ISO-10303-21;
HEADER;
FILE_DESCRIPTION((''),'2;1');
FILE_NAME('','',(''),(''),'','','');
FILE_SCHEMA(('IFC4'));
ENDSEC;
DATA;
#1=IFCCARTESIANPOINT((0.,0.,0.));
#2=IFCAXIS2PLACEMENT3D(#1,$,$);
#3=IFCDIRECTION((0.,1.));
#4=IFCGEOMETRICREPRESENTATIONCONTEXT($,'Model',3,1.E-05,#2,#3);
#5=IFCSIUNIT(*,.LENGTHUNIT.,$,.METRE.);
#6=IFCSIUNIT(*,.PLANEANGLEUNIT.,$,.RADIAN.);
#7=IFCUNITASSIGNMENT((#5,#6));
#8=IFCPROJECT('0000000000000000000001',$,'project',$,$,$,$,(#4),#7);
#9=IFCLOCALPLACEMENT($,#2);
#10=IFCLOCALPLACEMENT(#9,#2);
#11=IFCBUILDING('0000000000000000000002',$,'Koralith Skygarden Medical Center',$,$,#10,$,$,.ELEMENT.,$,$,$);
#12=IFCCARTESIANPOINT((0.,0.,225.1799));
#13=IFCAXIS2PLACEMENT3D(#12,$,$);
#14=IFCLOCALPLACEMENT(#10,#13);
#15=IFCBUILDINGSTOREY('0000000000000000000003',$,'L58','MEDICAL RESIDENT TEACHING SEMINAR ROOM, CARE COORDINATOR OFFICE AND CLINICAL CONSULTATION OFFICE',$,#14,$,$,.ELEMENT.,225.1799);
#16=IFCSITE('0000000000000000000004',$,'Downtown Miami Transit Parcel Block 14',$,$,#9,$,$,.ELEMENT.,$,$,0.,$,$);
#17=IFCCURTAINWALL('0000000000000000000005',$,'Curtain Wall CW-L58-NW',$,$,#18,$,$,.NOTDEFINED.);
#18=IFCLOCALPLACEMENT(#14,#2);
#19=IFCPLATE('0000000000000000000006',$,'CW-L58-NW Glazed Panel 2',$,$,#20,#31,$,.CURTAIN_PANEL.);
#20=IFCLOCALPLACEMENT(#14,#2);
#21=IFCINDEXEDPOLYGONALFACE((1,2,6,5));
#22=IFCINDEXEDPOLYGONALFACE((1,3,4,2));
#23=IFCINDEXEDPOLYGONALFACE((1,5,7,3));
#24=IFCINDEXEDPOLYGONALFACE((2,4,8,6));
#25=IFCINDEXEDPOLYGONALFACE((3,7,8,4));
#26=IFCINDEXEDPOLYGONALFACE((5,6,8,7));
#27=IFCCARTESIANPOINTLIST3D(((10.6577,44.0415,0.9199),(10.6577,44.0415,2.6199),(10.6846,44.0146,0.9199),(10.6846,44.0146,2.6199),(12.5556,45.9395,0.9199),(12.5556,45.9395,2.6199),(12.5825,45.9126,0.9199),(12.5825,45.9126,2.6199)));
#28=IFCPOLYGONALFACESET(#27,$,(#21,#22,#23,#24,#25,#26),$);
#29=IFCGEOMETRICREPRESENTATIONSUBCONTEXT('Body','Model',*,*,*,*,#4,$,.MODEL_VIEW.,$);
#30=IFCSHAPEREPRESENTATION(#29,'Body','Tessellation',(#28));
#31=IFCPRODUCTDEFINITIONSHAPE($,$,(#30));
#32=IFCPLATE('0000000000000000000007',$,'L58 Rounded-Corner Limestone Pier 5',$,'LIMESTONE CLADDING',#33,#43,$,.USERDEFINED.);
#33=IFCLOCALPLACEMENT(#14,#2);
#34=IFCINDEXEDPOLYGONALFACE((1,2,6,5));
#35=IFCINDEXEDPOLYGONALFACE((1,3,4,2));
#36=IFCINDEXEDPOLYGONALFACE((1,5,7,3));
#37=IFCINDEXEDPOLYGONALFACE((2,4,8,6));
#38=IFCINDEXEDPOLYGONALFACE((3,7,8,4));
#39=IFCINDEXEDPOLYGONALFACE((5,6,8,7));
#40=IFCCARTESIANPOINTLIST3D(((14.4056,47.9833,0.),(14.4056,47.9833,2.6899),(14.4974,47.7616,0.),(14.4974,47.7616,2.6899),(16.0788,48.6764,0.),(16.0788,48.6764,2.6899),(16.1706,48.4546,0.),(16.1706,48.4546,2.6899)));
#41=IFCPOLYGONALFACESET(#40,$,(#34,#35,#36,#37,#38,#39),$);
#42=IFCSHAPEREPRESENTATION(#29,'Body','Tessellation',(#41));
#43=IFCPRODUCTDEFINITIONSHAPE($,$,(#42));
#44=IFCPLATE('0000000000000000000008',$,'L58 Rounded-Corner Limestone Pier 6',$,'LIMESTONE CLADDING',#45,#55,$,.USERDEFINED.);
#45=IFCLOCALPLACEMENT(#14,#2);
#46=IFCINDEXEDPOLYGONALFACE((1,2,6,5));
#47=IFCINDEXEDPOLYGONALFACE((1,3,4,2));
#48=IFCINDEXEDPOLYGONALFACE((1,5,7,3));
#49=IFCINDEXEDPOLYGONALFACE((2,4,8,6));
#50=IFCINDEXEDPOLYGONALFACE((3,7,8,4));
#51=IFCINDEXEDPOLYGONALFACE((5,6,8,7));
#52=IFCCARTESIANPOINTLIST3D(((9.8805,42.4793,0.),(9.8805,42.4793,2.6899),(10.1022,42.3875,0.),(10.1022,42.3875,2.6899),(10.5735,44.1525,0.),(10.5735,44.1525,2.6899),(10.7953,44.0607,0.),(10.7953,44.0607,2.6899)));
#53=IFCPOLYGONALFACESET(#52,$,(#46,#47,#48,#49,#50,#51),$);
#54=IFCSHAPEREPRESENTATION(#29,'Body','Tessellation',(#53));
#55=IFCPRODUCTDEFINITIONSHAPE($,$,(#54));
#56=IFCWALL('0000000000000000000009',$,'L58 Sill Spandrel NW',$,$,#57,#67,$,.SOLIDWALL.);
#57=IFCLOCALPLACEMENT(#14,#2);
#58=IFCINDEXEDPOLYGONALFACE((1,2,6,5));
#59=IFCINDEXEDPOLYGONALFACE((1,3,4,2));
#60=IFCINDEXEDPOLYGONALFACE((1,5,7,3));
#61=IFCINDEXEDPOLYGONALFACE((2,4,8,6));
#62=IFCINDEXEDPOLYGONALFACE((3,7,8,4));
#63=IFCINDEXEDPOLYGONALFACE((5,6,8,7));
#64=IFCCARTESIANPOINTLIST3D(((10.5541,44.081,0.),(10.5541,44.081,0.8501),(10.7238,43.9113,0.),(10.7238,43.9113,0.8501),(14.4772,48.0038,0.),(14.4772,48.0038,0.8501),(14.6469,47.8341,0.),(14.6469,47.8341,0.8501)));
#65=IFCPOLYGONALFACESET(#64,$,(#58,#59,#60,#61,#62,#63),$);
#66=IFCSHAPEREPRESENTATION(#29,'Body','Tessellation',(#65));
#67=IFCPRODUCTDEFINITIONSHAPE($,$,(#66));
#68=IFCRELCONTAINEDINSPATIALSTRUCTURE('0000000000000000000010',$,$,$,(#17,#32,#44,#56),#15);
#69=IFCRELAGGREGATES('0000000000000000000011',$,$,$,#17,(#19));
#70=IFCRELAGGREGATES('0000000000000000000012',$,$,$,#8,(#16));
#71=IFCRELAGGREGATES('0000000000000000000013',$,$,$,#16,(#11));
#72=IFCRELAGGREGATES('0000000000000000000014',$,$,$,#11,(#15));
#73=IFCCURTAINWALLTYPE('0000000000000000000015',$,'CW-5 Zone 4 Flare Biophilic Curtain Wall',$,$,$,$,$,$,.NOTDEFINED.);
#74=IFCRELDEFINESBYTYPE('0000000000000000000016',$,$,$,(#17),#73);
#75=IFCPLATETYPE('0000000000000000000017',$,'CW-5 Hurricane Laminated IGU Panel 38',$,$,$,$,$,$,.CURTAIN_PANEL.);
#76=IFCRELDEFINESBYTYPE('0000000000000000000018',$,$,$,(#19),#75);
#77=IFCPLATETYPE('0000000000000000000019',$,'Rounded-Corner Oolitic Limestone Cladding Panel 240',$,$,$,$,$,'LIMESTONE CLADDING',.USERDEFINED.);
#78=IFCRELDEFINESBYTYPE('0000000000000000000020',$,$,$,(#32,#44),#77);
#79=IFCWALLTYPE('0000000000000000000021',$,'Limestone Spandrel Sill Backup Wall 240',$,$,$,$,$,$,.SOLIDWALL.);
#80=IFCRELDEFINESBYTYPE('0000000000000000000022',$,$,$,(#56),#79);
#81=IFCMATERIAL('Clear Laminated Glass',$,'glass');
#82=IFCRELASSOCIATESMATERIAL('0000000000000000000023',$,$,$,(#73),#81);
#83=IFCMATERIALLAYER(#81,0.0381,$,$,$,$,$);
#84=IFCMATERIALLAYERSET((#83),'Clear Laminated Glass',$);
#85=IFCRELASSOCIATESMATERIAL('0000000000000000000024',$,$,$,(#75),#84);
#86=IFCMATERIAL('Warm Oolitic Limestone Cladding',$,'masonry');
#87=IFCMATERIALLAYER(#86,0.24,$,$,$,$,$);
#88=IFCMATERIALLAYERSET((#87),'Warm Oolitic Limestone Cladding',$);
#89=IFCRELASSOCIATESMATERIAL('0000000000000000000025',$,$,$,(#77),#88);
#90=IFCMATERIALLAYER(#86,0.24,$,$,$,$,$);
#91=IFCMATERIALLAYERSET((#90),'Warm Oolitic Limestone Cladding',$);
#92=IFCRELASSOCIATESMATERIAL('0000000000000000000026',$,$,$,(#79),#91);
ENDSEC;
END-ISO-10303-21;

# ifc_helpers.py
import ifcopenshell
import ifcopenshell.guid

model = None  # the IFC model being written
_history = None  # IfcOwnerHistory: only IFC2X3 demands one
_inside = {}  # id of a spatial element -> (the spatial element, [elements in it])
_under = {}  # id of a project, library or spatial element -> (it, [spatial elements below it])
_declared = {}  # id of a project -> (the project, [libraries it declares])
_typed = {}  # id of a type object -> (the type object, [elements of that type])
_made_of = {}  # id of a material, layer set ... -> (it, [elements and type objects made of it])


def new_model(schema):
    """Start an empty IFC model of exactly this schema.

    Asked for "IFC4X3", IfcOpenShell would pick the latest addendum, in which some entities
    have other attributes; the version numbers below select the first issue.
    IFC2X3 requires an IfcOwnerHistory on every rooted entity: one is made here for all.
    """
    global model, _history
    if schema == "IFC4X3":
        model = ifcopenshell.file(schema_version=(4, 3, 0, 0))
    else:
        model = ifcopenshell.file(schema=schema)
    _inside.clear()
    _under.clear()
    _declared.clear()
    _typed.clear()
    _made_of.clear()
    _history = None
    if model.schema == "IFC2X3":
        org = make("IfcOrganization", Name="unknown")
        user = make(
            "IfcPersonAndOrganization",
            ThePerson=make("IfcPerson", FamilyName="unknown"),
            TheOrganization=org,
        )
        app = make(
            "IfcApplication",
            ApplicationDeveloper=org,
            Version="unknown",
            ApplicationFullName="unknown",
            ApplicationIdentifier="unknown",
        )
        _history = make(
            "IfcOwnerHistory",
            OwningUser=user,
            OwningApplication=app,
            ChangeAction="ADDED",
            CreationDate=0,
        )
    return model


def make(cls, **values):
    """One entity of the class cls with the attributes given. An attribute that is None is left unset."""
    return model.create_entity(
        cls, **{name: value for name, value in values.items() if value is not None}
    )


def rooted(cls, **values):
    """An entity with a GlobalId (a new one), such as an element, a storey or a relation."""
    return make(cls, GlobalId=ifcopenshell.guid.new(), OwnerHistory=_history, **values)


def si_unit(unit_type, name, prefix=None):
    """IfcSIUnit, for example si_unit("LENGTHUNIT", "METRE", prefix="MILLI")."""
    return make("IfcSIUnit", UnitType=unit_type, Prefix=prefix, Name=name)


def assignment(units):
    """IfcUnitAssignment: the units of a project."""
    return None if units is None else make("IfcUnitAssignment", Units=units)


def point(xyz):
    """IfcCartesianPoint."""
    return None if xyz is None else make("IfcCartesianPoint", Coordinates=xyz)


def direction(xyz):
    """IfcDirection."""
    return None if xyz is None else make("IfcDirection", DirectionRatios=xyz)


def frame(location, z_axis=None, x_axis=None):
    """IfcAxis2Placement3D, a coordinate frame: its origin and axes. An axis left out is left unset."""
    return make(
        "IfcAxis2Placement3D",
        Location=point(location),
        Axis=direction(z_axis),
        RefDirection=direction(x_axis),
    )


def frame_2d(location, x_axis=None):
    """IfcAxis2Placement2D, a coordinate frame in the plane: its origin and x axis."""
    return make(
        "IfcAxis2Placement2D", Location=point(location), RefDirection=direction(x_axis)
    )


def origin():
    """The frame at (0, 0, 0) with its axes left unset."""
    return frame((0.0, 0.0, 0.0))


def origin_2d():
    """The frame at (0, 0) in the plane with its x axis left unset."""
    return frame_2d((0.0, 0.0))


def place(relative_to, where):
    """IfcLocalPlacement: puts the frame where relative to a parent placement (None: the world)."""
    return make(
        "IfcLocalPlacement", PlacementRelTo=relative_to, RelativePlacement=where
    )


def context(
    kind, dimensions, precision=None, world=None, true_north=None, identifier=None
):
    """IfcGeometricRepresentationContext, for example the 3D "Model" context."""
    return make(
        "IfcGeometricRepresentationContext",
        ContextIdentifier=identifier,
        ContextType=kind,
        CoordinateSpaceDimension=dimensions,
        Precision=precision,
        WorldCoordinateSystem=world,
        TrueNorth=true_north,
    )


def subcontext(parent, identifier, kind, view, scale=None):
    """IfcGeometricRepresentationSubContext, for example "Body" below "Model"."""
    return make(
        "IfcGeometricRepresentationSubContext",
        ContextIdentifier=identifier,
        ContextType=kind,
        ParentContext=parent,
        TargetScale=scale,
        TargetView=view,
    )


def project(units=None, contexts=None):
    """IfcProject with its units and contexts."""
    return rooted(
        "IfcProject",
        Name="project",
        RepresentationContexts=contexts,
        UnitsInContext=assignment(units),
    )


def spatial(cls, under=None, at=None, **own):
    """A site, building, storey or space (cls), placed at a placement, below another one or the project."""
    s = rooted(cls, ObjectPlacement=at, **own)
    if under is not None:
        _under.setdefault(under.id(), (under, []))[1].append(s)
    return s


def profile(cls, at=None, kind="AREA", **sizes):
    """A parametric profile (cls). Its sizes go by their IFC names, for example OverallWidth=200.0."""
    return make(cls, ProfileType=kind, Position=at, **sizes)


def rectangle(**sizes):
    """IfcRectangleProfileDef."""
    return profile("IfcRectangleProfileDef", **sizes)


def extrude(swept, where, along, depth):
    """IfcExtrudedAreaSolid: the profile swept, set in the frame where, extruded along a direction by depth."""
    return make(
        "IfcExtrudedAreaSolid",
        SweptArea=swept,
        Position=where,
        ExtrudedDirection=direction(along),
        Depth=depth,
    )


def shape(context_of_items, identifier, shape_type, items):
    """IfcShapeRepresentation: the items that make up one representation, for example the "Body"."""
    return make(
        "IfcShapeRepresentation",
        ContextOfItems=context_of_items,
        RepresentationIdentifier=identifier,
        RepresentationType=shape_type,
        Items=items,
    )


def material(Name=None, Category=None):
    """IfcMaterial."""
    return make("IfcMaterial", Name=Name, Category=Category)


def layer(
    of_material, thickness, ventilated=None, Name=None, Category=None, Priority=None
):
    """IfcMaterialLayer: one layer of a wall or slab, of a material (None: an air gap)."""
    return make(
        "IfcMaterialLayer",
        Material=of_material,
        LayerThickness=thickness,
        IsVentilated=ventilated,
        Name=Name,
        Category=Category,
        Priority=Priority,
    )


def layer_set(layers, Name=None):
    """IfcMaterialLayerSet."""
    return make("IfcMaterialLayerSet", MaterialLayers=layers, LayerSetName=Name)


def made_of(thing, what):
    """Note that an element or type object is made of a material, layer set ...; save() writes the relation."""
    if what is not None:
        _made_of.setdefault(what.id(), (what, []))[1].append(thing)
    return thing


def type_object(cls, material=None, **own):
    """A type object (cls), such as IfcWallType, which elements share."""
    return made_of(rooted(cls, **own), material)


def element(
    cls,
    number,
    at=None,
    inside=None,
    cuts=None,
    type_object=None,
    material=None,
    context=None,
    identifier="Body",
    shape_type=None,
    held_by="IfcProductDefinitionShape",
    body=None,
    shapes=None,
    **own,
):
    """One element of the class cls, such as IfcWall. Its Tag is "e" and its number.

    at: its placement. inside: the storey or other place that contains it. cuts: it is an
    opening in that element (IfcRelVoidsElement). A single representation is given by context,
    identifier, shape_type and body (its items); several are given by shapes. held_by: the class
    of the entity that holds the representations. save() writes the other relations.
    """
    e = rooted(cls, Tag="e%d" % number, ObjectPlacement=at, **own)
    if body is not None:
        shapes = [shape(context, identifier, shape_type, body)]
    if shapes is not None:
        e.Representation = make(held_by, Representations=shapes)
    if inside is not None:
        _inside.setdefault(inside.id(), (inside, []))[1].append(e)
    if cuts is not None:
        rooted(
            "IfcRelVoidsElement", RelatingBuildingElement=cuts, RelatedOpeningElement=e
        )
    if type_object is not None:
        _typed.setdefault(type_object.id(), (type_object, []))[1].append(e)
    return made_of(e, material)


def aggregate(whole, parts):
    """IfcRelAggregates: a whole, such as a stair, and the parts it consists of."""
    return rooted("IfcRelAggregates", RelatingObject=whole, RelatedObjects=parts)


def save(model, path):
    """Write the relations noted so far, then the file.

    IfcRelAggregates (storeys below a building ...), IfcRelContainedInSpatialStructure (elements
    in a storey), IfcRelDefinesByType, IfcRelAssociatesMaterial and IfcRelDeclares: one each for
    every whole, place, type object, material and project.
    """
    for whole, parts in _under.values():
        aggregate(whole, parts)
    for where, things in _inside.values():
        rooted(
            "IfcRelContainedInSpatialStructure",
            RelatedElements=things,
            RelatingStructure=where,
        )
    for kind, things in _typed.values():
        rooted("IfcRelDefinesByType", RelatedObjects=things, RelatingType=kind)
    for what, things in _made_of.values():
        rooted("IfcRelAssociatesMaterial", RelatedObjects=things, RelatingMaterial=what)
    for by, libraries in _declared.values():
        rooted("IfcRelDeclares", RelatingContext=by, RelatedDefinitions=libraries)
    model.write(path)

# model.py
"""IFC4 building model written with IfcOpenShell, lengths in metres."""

from ifc_helpers import new_model, si_unit, direction, frame, frame_2d, origin, origin_2d, place, context, subcontext, project, spatial, rectangle, extrude, material, layer, layer_set, type_object, element, aggregate, save


model = new_model("IFC4")

# Units and contexts
model_context = context("Model", 3, precision=1e-05, world=origin(), true_north=direction((0.0, 1.0)))
body_context = subcontext(model_context, "Body", "Model", "MODEL_VIEW")
ifc_project = project(units=[si_unit("LENGTHUNIT", "METRE"), si_unit("PLANEANGLEUNIT", "RADIAN")], contexts=[model_context])

# Site, building, storey
site_placement = place(None, origin())
site = spatial("IfcSite", under=ifc_project, at=site_placement, Name="Downtown Miami Transit Parcel Block 14", CompositionType="ELEMENT", RefElevation=0.0)
building_placement = place(site_placement, origin())
building = spatial("IfcBuilding", under=site, at=building_placement, Name="Koralith Skygarden Medical Center", CompositionType="ELEMENT")
storey_placement = place(building_placement, frame((0.0, 0.0, 225.1799)))
storey = spatial("IfcBuildingStorey", under=building, at=storey_placement, Name="L58", Description="MEDICAL RESIDENT TEACHING SEMINAR ROOM, CARE COORDINATOR OFFICE AND CLINICAL CONSULTATION OFFICE", CompositionType="ELEMENT", Elevation=225.1799)

# Curtain wall
ifc_material_1 = material(Name="Clear Laminated Glass", Category="glass")
curtain_wall_type = type_object("IfcCurtainWallType", Name="CW-5 Zone 4 Flare Biophilic Curtain Wall", PredefinedType="NOTDEFINED", material=ifc_material_1)
curtain_wall_1_placement = place(storey_placement, origin())
curtain_wall_1 = element("IfcCurtainWall", 1, at=curtain_wall_1_placement, inside=storey, type_object=curtain_wall_type, Name="Curtain Wall CW-L58-NW", PredefinedType="NOTDEFINED")

# Plate
ifc_layer_1 = layer(ifc_material_1, 0.0381)
ifc_layer_set_1 = layer_set([ifc_layer_1], Name="Clear Laminated Glass")
plate_type_1 = type_object("IfcPlateType", Name="CW-5 Hurricane Laminated IGU Panel 38", PredefinedType="CURTAIN_PANEL", material=ifc_layer_set_1)
plate_1_placement = place(storey_placement, frame((11.6201, 44.9771, 0.9199), z_axis=(0.0, 0.0, 1.0), x_axis=(-0.707107, -0.707107, 0.0)))
plate_1 = element("IfcPlate", 2, at=plate_1_placement, type_object=plate_type_1, Name="CW-L58-NW Glazed Panel 2", PredefinedType="CURTAIN_PANEL", context=body_context, shape_type="SweptSolid", body=[
    extrude(rectangle(XDim=2.6841, YDim=0.0381, at=origin_2d()), origin(), (0.0, 0.0, 1.0), 1.7),
])
aggregate(curtain_wall_1, [plate_1])

# Plates
ifc_material_2 = material(Name="Warm Oolitic Limestone Cladding", Category="masonry")
ifc_layer_2 = layer(ifc_material_2, 0.24)
ifc_layer_set_2 = layer_set([ifc_layer_2], Name="Warm Oolitic Limestone Cladding")
plate_type_2 = type_object("IfcPlateType", Name="Rounded-Corner Oolitic Limestone Cladding Panel 240", ElementType="LIMESTONE CLADDING", PredefinedType="USERDEFINED", material=ifc_layer_set_2)
for number, where, z_axis, x_axis, name in (
    (3, (15.2881, 48.219, 0.0), (0.0, 0.0, 1.0), (-0.923885, -0.382671, 0.0), "L58 Rounded-Corner Limestone Pier 5"),
    (4, (10.3379, 43.27, 0.0), (0.0, 0.0, 1.0), (-0.382671, -0.923885, 0.0), "L58 Rounded-Corner Limestone Pier 6"),
):
    element("IfcPlate", number, at=place(storey_placement, frame(where, z_axis=z_axis, x_axis=x_axis)), inside=storey, type_object=plate_type_2, Name=name, ObjectType="LIMESTONE CLADDING", PredefinedType="USERDEFINED", context=body_context, shape_type="SweptSolid", body=[
        extrude(rectangle(XDim=1.811, YDim=0.24, at=origin_2d()), origin(), (0.0, 0.0, 1.0), 2.6899),
    ])

# Wall
ifc_layer_3 = layer(ifc_material_2, 0.24)
ifc_layer_set_3 = layer_set([ifc_layer_3], Name="Warm Oolitic Limestone Cladding")
wall_type = type_object("IfcWallType", Name="Limestone Spandrel Sill Backup Wall 240", PredefinedType="SOLIDWALL", material=ifc_layer_set_3)
wall_placement = place(storey_placement, frame((14.562, 47.9189, 0.0), z_axis=(0.0, 0.0, 1.0), x_axis=(-0.707129, -0.707085, 0.0)))
element("IfcWall", 5, at=wall_placement, inside=storey, type_object=wall_type, Name="L58 Sill Spandrel NW", PredefinedType="SOLIDWALL", context=body_context, shape_type="SweptSolid", body=[
    extrude(rectangle(XDim=5.5479, YDim=0.24, at=frame_2d((2.7739, 0.0))), origin(), (0.0, 0.0, 1.0), 0.8501),
])

save(model, "model.ifc")
